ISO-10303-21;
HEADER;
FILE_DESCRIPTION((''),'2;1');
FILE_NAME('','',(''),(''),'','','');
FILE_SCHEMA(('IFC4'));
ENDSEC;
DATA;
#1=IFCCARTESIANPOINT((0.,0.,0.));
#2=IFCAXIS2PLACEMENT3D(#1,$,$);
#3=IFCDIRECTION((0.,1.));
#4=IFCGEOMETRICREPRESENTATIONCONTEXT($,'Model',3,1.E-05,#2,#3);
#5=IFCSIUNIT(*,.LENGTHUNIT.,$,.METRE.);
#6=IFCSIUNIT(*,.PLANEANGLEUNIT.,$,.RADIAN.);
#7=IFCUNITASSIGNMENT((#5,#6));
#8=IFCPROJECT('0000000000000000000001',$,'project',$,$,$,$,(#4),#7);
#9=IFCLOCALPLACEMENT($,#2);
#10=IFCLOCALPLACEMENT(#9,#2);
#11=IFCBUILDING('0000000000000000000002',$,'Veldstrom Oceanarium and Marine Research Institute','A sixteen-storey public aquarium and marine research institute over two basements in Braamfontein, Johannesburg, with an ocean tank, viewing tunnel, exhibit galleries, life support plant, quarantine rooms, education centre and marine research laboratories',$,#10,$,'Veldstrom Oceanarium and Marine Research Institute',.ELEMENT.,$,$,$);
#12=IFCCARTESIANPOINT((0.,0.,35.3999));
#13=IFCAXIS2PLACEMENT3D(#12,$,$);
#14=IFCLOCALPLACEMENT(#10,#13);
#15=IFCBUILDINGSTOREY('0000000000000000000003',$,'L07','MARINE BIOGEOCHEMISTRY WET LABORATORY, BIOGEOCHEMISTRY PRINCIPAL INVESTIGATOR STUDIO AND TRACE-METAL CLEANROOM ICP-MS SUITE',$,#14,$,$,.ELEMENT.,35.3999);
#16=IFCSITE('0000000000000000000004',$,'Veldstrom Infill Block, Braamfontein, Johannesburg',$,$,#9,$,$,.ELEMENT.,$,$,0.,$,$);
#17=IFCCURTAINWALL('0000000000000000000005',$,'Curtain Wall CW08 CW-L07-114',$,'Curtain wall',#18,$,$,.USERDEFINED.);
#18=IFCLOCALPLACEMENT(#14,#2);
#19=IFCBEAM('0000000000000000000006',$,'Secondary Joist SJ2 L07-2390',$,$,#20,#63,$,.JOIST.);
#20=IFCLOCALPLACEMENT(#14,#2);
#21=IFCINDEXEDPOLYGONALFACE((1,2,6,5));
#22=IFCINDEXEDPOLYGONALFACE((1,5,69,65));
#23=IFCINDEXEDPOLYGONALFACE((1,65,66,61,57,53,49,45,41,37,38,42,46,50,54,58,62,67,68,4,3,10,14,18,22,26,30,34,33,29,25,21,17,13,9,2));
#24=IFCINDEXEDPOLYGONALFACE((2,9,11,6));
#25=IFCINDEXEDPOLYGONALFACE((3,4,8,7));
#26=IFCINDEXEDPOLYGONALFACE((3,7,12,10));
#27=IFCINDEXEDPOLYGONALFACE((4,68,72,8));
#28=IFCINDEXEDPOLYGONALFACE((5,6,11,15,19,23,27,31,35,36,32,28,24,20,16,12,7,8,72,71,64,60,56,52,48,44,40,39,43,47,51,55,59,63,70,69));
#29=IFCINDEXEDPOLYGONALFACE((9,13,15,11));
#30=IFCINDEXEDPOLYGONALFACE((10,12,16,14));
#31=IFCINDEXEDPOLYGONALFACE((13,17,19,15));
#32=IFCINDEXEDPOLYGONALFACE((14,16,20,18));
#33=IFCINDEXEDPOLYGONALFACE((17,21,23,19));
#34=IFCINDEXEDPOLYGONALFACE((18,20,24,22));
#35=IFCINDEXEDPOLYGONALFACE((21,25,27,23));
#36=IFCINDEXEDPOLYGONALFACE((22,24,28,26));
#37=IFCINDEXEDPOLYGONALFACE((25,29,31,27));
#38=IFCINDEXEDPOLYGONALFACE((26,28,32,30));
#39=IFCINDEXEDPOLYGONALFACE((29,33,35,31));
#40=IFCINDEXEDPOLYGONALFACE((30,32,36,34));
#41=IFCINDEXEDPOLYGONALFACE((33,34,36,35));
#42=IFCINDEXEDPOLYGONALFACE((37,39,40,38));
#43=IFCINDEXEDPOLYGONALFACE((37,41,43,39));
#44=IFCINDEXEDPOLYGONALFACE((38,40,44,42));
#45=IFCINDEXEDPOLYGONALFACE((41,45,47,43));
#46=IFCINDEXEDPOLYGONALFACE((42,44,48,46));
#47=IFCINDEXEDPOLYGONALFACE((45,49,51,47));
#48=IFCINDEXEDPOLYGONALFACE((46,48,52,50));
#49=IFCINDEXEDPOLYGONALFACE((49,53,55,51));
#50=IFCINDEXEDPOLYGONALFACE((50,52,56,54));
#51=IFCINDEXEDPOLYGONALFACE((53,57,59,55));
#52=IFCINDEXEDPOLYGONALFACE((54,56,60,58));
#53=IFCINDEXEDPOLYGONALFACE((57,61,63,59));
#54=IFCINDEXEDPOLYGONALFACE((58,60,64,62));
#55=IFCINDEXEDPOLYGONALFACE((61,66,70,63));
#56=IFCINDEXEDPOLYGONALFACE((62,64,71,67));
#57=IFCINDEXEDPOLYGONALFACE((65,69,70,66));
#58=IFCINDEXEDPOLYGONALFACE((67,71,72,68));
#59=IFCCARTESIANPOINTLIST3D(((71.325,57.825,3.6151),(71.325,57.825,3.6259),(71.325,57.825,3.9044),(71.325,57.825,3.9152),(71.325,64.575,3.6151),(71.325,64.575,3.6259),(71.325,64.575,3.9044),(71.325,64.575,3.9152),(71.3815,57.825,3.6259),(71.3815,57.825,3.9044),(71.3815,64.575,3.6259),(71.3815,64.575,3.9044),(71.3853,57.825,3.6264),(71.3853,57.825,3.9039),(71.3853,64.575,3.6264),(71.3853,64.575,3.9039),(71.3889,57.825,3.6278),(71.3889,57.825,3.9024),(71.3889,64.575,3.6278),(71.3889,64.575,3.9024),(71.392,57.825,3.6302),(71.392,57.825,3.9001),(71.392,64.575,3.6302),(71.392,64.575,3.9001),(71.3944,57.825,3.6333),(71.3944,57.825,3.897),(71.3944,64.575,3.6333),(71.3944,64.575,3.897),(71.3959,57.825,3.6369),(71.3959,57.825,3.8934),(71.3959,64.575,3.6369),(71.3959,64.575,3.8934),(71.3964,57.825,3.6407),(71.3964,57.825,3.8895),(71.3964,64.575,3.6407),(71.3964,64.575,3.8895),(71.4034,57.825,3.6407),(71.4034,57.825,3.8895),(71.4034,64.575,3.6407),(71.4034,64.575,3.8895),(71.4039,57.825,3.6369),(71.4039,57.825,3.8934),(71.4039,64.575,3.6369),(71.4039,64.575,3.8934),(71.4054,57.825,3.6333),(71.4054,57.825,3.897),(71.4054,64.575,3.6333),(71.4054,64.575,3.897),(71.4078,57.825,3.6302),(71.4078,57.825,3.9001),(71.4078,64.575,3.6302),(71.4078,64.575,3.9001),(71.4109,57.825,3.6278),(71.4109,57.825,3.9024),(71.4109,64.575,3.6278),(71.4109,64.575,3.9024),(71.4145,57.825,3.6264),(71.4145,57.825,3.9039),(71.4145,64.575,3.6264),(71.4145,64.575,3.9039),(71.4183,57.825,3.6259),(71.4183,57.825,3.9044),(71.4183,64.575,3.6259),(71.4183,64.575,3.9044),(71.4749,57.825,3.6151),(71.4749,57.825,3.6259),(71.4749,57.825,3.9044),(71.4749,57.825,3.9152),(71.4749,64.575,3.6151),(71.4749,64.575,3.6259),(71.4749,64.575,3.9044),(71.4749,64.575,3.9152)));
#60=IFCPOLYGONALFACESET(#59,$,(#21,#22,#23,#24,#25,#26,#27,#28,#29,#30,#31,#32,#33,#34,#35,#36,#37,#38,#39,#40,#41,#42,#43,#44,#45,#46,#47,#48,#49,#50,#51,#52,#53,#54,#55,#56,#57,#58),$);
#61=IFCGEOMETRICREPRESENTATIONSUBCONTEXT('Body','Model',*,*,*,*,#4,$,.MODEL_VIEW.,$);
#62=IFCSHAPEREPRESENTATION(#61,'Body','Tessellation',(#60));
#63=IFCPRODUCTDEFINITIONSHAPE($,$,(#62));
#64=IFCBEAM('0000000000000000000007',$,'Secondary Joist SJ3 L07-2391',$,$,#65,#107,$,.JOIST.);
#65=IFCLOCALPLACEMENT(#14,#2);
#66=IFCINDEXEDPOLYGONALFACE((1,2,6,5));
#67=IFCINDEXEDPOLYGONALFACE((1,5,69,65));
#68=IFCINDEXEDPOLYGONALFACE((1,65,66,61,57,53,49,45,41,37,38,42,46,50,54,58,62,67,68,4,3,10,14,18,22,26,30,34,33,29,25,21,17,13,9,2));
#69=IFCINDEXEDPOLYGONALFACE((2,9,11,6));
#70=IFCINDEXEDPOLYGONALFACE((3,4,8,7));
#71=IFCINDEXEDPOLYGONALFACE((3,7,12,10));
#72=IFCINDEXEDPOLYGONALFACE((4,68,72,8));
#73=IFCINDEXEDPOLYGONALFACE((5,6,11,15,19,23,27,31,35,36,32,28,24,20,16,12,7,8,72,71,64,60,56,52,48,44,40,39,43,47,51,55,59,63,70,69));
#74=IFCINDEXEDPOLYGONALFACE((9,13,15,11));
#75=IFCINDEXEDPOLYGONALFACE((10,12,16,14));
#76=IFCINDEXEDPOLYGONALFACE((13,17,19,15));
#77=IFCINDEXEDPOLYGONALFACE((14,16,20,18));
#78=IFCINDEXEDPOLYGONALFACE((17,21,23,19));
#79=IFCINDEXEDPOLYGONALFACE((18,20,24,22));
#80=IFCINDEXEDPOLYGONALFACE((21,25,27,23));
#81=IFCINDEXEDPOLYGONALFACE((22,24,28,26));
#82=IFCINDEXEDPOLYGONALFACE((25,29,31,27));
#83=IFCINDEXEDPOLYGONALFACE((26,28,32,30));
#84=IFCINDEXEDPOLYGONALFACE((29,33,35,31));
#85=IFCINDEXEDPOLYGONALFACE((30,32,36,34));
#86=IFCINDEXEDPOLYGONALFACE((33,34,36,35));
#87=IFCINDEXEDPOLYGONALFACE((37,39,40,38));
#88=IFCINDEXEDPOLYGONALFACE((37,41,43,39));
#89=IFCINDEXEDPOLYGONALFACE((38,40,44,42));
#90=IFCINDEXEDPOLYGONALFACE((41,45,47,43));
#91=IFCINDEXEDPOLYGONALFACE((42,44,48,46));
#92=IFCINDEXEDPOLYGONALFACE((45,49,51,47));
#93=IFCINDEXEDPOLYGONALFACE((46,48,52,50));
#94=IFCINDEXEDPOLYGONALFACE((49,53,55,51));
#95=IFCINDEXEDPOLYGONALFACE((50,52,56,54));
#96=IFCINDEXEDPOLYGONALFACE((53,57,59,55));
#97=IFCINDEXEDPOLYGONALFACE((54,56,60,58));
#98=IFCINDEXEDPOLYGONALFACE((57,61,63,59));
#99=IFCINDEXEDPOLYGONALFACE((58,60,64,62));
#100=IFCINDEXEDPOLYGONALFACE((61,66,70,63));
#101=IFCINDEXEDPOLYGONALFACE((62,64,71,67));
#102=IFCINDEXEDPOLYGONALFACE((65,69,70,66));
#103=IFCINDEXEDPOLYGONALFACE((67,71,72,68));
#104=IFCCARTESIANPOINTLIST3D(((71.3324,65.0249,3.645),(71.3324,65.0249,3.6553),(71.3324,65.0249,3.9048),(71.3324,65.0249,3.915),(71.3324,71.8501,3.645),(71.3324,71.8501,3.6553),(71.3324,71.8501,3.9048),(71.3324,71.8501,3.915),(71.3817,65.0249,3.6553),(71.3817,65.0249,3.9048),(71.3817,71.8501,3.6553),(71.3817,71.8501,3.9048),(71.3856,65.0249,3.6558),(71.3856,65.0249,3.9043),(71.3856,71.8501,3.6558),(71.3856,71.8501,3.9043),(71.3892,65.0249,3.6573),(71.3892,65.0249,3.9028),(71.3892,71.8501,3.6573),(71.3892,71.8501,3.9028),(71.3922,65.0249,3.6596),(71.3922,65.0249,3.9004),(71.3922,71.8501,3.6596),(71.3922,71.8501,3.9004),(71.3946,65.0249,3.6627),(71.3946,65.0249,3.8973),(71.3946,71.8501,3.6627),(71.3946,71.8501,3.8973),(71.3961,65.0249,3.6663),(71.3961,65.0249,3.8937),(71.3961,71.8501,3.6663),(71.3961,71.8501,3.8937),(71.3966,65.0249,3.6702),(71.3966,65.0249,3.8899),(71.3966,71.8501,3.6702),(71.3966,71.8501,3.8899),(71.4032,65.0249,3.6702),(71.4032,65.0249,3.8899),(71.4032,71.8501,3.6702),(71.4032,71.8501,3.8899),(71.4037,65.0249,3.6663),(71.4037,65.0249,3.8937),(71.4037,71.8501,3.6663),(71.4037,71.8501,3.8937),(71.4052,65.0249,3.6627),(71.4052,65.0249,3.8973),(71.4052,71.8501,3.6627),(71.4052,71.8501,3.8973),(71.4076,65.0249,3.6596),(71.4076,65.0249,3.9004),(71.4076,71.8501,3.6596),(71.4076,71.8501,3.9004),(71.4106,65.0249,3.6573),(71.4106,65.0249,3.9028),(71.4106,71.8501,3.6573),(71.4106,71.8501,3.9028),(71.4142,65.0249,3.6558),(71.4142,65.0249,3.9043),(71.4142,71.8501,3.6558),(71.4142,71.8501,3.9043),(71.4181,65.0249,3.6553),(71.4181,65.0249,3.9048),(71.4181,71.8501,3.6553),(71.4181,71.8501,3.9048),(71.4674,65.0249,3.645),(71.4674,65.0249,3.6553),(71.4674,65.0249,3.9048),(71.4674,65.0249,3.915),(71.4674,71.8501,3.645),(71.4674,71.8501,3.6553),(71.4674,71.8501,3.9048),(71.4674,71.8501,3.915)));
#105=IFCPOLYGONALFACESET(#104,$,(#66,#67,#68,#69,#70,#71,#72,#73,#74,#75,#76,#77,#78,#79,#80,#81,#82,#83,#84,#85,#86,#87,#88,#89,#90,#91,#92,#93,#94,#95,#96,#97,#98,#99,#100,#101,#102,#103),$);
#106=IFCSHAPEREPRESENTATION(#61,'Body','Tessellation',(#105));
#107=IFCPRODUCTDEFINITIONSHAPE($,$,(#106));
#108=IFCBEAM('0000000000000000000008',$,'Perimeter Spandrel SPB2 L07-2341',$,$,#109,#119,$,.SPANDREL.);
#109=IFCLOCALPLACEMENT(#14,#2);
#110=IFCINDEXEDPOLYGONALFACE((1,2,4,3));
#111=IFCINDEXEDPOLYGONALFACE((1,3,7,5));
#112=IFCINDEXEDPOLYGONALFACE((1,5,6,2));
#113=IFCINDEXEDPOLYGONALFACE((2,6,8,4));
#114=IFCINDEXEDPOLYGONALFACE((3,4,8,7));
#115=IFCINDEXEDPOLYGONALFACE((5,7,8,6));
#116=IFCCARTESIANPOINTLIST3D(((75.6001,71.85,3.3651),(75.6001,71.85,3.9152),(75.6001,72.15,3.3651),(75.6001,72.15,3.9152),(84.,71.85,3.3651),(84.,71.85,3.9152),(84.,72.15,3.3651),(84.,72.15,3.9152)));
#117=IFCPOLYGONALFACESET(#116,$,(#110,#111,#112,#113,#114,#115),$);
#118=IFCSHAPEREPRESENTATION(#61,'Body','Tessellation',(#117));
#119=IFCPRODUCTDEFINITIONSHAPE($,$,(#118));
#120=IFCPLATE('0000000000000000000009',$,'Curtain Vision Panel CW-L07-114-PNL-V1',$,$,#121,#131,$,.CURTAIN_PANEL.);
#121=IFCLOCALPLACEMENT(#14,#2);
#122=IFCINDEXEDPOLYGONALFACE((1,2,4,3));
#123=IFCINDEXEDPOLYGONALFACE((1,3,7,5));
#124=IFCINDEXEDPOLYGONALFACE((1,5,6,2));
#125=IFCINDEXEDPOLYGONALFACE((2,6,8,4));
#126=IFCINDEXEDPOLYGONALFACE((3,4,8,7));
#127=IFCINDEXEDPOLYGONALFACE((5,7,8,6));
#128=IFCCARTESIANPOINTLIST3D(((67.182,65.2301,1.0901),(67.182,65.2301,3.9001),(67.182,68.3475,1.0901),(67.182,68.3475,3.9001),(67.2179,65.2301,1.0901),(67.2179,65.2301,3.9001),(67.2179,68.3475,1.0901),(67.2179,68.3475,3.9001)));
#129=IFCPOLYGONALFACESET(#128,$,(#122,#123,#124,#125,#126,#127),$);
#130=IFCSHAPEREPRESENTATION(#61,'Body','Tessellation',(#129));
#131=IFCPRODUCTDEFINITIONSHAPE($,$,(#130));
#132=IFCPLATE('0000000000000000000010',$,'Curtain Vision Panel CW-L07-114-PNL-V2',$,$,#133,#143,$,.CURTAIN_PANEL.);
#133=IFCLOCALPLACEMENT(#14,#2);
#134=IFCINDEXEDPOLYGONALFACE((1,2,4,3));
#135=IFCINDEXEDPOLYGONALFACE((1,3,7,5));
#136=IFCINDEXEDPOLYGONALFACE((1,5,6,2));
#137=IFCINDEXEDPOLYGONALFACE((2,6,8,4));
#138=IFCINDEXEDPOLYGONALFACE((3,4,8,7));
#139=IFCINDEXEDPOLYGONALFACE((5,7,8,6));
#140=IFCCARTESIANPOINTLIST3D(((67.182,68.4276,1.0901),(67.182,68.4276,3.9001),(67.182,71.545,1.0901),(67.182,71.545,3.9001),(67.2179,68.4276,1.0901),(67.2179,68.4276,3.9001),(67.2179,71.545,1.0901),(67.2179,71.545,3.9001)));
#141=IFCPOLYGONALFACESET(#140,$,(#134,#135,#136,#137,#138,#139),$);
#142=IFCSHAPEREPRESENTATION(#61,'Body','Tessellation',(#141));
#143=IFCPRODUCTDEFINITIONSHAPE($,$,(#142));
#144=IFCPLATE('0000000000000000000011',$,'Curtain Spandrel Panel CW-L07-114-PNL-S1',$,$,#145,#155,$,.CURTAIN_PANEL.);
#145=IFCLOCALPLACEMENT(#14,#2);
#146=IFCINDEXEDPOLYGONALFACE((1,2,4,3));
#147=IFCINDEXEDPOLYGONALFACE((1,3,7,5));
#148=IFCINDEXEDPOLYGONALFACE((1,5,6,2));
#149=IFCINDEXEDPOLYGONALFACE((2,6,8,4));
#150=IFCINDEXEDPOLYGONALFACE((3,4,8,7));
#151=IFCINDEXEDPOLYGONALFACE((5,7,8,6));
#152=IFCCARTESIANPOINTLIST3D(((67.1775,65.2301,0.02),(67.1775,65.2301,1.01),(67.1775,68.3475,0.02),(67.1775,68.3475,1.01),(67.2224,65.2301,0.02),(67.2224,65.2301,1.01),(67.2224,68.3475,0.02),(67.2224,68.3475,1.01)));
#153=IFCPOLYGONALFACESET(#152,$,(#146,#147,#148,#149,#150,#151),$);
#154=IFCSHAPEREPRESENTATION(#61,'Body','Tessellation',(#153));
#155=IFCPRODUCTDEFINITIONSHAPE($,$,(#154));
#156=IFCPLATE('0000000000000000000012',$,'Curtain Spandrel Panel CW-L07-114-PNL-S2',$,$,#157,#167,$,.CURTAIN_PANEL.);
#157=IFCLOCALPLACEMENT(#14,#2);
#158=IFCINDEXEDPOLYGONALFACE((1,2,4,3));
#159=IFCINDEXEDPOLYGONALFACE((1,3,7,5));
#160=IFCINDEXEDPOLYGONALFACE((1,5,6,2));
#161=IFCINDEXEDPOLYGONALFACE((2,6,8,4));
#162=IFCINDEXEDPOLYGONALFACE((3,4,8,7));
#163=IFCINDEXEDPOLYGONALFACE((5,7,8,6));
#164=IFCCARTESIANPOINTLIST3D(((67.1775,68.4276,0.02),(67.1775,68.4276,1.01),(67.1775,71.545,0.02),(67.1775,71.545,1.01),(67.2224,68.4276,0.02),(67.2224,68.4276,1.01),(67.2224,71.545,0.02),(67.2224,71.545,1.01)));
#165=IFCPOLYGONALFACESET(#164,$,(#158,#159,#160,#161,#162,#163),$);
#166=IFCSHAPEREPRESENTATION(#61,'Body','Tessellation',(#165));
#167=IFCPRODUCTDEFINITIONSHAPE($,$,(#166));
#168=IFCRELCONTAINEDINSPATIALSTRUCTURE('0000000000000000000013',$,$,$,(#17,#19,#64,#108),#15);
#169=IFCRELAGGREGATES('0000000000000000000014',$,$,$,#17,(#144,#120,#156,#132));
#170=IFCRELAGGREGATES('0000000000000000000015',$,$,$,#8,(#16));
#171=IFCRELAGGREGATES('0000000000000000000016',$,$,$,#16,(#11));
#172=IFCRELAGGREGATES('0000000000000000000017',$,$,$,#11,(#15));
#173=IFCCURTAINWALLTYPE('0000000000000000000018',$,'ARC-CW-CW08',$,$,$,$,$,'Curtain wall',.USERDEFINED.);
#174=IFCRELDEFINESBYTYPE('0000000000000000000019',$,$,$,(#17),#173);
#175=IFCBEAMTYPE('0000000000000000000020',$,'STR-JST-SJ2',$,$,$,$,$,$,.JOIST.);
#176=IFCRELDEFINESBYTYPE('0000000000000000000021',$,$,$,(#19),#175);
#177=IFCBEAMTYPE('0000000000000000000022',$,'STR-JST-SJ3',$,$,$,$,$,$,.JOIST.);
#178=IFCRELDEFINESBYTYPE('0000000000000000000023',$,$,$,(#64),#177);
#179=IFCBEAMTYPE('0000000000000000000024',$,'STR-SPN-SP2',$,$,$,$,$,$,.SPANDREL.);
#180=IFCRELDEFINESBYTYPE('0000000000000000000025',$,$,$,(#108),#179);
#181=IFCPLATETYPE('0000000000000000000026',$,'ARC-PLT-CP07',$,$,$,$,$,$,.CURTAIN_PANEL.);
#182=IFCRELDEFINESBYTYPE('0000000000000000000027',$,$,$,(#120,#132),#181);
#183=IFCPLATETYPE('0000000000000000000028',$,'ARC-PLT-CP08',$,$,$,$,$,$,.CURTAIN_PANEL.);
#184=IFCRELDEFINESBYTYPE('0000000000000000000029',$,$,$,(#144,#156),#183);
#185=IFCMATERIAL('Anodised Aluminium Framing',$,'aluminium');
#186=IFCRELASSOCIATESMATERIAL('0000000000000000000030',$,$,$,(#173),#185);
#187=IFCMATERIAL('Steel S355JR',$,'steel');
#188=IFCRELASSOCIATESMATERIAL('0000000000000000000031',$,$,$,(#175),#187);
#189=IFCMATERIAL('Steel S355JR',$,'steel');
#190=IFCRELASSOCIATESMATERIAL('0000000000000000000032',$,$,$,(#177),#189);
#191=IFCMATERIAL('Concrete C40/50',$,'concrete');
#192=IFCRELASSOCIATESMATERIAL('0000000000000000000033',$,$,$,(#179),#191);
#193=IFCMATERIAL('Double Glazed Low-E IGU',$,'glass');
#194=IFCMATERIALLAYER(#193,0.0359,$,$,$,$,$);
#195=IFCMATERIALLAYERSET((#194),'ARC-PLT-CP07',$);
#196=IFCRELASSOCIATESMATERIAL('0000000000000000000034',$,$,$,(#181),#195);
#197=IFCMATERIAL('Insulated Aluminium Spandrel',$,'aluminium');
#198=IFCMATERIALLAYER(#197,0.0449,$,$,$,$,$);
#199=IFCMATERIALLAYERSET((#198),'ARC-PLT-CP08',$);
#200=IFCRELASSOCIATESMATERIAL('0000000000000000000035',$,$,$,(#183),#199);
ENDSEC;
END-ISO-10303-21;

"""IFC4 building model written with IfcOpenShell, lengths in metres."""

from ifc_helpers import new_model, si_unit, direction, frame, origin, origin_2d, place, context, subcontext, project, spatial, rectangle, i_section, extrude, material, layer, layer_set, material_profile, profile_set, type_object, element, aggregate, save


model = new_model("IFC4")

# Units and contexts
model_context = context("Model", 3, precision=1e-05, world=origin(), true_north=direction((0.0, 1.0)))
body_context = subcontext(model_context, "Body", "Model", "MODEL_VIEW")
ifc_project = project(units=[si_unit("LENGTHUNIT", "METRE"), si_unit("PLANEANGLEUNIT", "RADIAN")], contexts=[model_context])

# Site, building, storey
site_placement = place(None, origin())
site = spatial("IfcSite", under=ifc_project, at=site_placement, Name="Veldstrom Infill Block, Braamfontein, Johannesburg", CompositionType="ELEMENT", RefElevation=0.0)
building_placement = place(site_placement, origin())
building = spatial("IfcBuilding", under=site, at=building_placement, Name="Veldstrom Oceanarium and Marine Research Institute", Description="A sixteen-storey public aquarium and marine research institute over two basements in Braamfontein, Johannesburg, with an ocean tank, viewing tunnel, exhibit galleries, life support plant, quarantine rooms, education centre and marine research laboratories", LongName="Veldstrom Oceanarium and Marine Research Institute", CompositionType="ELEMENT")
storey_placement = place(building_placement, frame((0.0, 0.0, 35.3999)))
storey = spatial("IfcBuildingStorey", under=building, at=storey_placement, Name="L07", Description="MARINE BIOGEOCHEMISTRY WET LABORATORY, BIOGEOCHEMISTRY PRINCIPAL INVESTIGATOR STUDIO AND TRACE-METAL CLEANROOM ICP-MS SUITE", CompositionType="ELEMENT", Elevation=35.3999)

# Curtain wall
ifc_material_1 = material(Name="Anodised Aluminium Framing", Category="aluminium")
curtain_wall_type = type_object("IfcCurtainWallType", Name="ARC-CW-CW08", ElementType="Curtain wall", PredefinedType="USERDEFINED", material=ifc_material_1)
curtain_wall_placement = place(storey_placement, origin())
curtain_wall = element("IfcCurtainWall", 1, at=curtain_wall_placement, inside=storey, type_object=curtain_wall_type, Name="Curtain Wall CW08 CW-L07-114", ObjectType="Curtain wall", PredefinedType="USERDEFINED")

# Beams
ifc_material_2 = material(Name="Steel S355JR", Category="steel")
ifc_material_profile_1 = material_profile(ifc_material_2, i_section(OverallWidth=0.1499, OverallDepth=0.3, WebThickness=0.0071, FlangeThickness=0.0107, FilletRadius=0.0149, at=origin_2d()), Name="IPE 300")
ifc_profile_set_1 = profile_set([ifc_material_profile_1], Name="Steel S355JR")
beam_type_1 = type_object("IfcBeamType", Name="STR-JST-SJ2", PredefinedType="JOIST", material=ifc_profile_set_1)
beam_1_placement = place(storey_placement, frame((71.3999, 57.825, 3.7651), z_axis=(0.0, 1.0, 0.0), x_axis=(-1.0, 0.0, 0.0)))
element("IfcBeam", 2, at=beam_1_placement, inside=storey, type_object=beam_type_1, Name="Secondary Joist SJ2 L07-2390", PredefinedType="JOIST", context=body_context, shape_type="SweptSolid", body=[
    extrude(i_section(OverallWidth=0.1499, OverallDepth=0.3, WebThickness=0.0071, FlangeThickness=0.0107, FilletRadius=0.0149, at=origin_2d()), origin(), (0.0, 0.0, 1.0), 6.75),
])
ifc_material_3 = material(Name="Steel S355JR", Category="steel")
ifc_material_profile_2 = material_profile(ifc_material_3, i_section(OverallWidth=0.135, OverallDepth=0.27, WebThickness=0.0066, FlangeThickness=0.0103, FilletRadius=0.0149, at=origin_2d()), Name="IPE 270")
ifc_profile_set_2 = profile_set([ifc_material_profile_2], Name="Steel S355JR")
beam_type_2 = type_object("IfcBeamType", Name="STR-JST-SJ3", PredefinedType="JOIST", material=ifc_profile_set_2)
beam_2_placement = place(storey_placement, frame((71.3999, 65.0249, 3.78), z_axis=(0.0, 1.0, 0.0), x_axis=(-1.0, 0.0, 0.0)))
element("IfcBeam", 3, at=beam_2_placement, inside=storey, type_object=beam_type_2, Name="Secondary Joist SJ3 L07-2391", PredefinedType="JOIST", context=body_context, shape_type="SweptSolid", body=[
    extrude(i_section(OverallWidth=0.135, OverallDepth=0.27, WebThickness=0.0066, FlangeThickness=0.0103, FilletRadius=0.0149, at=origin_2d()), origin(), (0.0, 0.0, 1.0), 6.8252),
])
ifc_material_4 = material(Name="Concrete C40/50", Category="concrete")
ifc_material_profile_3 = material_profile(ifc_material_4, rectangle(XDim=0.3, YDim=0.55, at=origin_2d()), Name="RC-SPN-300x550")
ifc_profile_set_3 = profile_set([ifc_material_profile_3], Name="Concrete C40/50")
beam_type_3 = type_object("IfcBeamType", Name="STR-SPN-SP2", PredefinedType="SPANDREL", material=ifc_profile_set_3)
beam_3_placement = place(storey_placement, frame((75.6001, 72.0, 3.6401), z_axis=(1.0, 0.0, 0.0), x_axis=(0.0, 1.0, 0.0)))
element("IfcBeam", 4, at=beam_3_placement, inside=storey, type_object=beam_type_3, Name="Perimeter Spandrel SPB2 L07-2341", PredefinedType="SPANDREL", context=body_context, shape_type="SweptSolid", body=[
    extrude(rectangle(XDim=0.3, YDim=0.55, at=origin_2d()), origin(), (0.0, 0.0, 1.0), 8.3999),
])

# Plates
ifc_material_5 = material(Name="Double Glazed Low-E IGU", Category="glass")
ifc_layer_1 = layer(ifc_material_5, 0.0359)
ifc_layer_set_1 = layer_set([ifc_layer_1], Name="ARC-PLT-CP07")
plate_type_1 = type_object("IfcPlateType", Name="ARC-PLT-CP07", PredefinedType="CURTAIN_PANEL", material=ifc_layer_set_1)
plate_1_placement = place(storey_placement, frame((67.2, 66.7888, 1.0901), z_axis=(0.0, 0.0, 1.0), x_axis=(0.0, 1.0, 0.0)))
plate_1 = element("IfcPlate", 5, at=plate_1_placement, type_object=plate_type_1, Name="Curtain Vision Panel CW-L07-114-PNL-V1", PredefinedType="CURTAIN_PANEL", context=body_context, shape_type="SweptSolid", body=[
    extrude(rectangle(XDim=3.1174, YDim=0.0359, at=origin_2d()), origin(), (0.0, 0.0, 1.0), 2.8101),
])
plate_2_placement = place(storey_placement, frame((67.2, 69.9863, 1.0901), z_axis=(0.0, 0.0, 1.0), x_axis=(0.0, 1.0, 0.0)))
plate_2 = element("IfcPlate", 6, at=plate_2_placement, type_object=plate_type_1, Name="Curtain Vision Panel CW-L07-114-PNL-V2", PredefinedType="CURTAIN_PANEL", context=body_context, shape_type="SweptSolid", body=[
    extrude(rectangle(XDim=3.1174, YDim=0.0359, at=origin_2d()), origin(), (0.0, 0.0, 1.0), 2.8101),
])
ifc_material_6 = material(Name="Insulated Aluminium Spandrel", Category="aluminium")
ifc_layer_2 = layer(ifc_material_6, 0.0449)
ifc_layer_set_2 = layer_set([ifc_layer_2], Name="ARC-PLT-CP08")
plate_type_2 = type_object("IfcPlateType", Name="ARC-PLT-CP08", PredefinedType="CURTAIN_PANEL", material=ifc_layer_set_2)
plate_3_placement = place(storey_placement, frame((67.2, 66.7888, 0.02), z_axis=(0.0, 0.0, 1.0), x_axis=(0.0, 1.0, 0.0)))
plate_3 = element("IfcPlate", 7, at=plate_3_placement, type_object=plate_type_2, Name="Curtain Spandrel Panel CW-L07-114-PNL-S1", PredefinedType="CURTAIN_PANEL", context=body_context, shape_type="SweptSolid", body=[
    extrude(rectangle(XDim=3.1174, YDim=0.0449, at=origin_2d()), origin(), (0.0, 0.0, 1.0), 0.99),
])
plate_4_placement = place(storey_placement, frame((67.2, 69.9863, 0.02), z_axis=(0.0, 0.0, 1.0), x_axis=(0.0, 1.0, 0.0)))
plate_4 = element("IfcPlate", 8, at=plate_4_placement, type_object=plate_type_2, Name="Curtain Spandrel Panel CW-L07-114-PNL-S2", PredefinedType="CURTAIN_PANEL", context=body_context, shape_type="SweptSolid", body=[
    extrude(rectangle(XDim=3.1174, YDim=0.0449, at=origin_2d()), origin(), (0.0, 0.0, 1.0), 0.99),
])
aggregate(curtain_wall, [plate_3, plate_1, plate_4, plate_2])

save(model, "model.ifc")
